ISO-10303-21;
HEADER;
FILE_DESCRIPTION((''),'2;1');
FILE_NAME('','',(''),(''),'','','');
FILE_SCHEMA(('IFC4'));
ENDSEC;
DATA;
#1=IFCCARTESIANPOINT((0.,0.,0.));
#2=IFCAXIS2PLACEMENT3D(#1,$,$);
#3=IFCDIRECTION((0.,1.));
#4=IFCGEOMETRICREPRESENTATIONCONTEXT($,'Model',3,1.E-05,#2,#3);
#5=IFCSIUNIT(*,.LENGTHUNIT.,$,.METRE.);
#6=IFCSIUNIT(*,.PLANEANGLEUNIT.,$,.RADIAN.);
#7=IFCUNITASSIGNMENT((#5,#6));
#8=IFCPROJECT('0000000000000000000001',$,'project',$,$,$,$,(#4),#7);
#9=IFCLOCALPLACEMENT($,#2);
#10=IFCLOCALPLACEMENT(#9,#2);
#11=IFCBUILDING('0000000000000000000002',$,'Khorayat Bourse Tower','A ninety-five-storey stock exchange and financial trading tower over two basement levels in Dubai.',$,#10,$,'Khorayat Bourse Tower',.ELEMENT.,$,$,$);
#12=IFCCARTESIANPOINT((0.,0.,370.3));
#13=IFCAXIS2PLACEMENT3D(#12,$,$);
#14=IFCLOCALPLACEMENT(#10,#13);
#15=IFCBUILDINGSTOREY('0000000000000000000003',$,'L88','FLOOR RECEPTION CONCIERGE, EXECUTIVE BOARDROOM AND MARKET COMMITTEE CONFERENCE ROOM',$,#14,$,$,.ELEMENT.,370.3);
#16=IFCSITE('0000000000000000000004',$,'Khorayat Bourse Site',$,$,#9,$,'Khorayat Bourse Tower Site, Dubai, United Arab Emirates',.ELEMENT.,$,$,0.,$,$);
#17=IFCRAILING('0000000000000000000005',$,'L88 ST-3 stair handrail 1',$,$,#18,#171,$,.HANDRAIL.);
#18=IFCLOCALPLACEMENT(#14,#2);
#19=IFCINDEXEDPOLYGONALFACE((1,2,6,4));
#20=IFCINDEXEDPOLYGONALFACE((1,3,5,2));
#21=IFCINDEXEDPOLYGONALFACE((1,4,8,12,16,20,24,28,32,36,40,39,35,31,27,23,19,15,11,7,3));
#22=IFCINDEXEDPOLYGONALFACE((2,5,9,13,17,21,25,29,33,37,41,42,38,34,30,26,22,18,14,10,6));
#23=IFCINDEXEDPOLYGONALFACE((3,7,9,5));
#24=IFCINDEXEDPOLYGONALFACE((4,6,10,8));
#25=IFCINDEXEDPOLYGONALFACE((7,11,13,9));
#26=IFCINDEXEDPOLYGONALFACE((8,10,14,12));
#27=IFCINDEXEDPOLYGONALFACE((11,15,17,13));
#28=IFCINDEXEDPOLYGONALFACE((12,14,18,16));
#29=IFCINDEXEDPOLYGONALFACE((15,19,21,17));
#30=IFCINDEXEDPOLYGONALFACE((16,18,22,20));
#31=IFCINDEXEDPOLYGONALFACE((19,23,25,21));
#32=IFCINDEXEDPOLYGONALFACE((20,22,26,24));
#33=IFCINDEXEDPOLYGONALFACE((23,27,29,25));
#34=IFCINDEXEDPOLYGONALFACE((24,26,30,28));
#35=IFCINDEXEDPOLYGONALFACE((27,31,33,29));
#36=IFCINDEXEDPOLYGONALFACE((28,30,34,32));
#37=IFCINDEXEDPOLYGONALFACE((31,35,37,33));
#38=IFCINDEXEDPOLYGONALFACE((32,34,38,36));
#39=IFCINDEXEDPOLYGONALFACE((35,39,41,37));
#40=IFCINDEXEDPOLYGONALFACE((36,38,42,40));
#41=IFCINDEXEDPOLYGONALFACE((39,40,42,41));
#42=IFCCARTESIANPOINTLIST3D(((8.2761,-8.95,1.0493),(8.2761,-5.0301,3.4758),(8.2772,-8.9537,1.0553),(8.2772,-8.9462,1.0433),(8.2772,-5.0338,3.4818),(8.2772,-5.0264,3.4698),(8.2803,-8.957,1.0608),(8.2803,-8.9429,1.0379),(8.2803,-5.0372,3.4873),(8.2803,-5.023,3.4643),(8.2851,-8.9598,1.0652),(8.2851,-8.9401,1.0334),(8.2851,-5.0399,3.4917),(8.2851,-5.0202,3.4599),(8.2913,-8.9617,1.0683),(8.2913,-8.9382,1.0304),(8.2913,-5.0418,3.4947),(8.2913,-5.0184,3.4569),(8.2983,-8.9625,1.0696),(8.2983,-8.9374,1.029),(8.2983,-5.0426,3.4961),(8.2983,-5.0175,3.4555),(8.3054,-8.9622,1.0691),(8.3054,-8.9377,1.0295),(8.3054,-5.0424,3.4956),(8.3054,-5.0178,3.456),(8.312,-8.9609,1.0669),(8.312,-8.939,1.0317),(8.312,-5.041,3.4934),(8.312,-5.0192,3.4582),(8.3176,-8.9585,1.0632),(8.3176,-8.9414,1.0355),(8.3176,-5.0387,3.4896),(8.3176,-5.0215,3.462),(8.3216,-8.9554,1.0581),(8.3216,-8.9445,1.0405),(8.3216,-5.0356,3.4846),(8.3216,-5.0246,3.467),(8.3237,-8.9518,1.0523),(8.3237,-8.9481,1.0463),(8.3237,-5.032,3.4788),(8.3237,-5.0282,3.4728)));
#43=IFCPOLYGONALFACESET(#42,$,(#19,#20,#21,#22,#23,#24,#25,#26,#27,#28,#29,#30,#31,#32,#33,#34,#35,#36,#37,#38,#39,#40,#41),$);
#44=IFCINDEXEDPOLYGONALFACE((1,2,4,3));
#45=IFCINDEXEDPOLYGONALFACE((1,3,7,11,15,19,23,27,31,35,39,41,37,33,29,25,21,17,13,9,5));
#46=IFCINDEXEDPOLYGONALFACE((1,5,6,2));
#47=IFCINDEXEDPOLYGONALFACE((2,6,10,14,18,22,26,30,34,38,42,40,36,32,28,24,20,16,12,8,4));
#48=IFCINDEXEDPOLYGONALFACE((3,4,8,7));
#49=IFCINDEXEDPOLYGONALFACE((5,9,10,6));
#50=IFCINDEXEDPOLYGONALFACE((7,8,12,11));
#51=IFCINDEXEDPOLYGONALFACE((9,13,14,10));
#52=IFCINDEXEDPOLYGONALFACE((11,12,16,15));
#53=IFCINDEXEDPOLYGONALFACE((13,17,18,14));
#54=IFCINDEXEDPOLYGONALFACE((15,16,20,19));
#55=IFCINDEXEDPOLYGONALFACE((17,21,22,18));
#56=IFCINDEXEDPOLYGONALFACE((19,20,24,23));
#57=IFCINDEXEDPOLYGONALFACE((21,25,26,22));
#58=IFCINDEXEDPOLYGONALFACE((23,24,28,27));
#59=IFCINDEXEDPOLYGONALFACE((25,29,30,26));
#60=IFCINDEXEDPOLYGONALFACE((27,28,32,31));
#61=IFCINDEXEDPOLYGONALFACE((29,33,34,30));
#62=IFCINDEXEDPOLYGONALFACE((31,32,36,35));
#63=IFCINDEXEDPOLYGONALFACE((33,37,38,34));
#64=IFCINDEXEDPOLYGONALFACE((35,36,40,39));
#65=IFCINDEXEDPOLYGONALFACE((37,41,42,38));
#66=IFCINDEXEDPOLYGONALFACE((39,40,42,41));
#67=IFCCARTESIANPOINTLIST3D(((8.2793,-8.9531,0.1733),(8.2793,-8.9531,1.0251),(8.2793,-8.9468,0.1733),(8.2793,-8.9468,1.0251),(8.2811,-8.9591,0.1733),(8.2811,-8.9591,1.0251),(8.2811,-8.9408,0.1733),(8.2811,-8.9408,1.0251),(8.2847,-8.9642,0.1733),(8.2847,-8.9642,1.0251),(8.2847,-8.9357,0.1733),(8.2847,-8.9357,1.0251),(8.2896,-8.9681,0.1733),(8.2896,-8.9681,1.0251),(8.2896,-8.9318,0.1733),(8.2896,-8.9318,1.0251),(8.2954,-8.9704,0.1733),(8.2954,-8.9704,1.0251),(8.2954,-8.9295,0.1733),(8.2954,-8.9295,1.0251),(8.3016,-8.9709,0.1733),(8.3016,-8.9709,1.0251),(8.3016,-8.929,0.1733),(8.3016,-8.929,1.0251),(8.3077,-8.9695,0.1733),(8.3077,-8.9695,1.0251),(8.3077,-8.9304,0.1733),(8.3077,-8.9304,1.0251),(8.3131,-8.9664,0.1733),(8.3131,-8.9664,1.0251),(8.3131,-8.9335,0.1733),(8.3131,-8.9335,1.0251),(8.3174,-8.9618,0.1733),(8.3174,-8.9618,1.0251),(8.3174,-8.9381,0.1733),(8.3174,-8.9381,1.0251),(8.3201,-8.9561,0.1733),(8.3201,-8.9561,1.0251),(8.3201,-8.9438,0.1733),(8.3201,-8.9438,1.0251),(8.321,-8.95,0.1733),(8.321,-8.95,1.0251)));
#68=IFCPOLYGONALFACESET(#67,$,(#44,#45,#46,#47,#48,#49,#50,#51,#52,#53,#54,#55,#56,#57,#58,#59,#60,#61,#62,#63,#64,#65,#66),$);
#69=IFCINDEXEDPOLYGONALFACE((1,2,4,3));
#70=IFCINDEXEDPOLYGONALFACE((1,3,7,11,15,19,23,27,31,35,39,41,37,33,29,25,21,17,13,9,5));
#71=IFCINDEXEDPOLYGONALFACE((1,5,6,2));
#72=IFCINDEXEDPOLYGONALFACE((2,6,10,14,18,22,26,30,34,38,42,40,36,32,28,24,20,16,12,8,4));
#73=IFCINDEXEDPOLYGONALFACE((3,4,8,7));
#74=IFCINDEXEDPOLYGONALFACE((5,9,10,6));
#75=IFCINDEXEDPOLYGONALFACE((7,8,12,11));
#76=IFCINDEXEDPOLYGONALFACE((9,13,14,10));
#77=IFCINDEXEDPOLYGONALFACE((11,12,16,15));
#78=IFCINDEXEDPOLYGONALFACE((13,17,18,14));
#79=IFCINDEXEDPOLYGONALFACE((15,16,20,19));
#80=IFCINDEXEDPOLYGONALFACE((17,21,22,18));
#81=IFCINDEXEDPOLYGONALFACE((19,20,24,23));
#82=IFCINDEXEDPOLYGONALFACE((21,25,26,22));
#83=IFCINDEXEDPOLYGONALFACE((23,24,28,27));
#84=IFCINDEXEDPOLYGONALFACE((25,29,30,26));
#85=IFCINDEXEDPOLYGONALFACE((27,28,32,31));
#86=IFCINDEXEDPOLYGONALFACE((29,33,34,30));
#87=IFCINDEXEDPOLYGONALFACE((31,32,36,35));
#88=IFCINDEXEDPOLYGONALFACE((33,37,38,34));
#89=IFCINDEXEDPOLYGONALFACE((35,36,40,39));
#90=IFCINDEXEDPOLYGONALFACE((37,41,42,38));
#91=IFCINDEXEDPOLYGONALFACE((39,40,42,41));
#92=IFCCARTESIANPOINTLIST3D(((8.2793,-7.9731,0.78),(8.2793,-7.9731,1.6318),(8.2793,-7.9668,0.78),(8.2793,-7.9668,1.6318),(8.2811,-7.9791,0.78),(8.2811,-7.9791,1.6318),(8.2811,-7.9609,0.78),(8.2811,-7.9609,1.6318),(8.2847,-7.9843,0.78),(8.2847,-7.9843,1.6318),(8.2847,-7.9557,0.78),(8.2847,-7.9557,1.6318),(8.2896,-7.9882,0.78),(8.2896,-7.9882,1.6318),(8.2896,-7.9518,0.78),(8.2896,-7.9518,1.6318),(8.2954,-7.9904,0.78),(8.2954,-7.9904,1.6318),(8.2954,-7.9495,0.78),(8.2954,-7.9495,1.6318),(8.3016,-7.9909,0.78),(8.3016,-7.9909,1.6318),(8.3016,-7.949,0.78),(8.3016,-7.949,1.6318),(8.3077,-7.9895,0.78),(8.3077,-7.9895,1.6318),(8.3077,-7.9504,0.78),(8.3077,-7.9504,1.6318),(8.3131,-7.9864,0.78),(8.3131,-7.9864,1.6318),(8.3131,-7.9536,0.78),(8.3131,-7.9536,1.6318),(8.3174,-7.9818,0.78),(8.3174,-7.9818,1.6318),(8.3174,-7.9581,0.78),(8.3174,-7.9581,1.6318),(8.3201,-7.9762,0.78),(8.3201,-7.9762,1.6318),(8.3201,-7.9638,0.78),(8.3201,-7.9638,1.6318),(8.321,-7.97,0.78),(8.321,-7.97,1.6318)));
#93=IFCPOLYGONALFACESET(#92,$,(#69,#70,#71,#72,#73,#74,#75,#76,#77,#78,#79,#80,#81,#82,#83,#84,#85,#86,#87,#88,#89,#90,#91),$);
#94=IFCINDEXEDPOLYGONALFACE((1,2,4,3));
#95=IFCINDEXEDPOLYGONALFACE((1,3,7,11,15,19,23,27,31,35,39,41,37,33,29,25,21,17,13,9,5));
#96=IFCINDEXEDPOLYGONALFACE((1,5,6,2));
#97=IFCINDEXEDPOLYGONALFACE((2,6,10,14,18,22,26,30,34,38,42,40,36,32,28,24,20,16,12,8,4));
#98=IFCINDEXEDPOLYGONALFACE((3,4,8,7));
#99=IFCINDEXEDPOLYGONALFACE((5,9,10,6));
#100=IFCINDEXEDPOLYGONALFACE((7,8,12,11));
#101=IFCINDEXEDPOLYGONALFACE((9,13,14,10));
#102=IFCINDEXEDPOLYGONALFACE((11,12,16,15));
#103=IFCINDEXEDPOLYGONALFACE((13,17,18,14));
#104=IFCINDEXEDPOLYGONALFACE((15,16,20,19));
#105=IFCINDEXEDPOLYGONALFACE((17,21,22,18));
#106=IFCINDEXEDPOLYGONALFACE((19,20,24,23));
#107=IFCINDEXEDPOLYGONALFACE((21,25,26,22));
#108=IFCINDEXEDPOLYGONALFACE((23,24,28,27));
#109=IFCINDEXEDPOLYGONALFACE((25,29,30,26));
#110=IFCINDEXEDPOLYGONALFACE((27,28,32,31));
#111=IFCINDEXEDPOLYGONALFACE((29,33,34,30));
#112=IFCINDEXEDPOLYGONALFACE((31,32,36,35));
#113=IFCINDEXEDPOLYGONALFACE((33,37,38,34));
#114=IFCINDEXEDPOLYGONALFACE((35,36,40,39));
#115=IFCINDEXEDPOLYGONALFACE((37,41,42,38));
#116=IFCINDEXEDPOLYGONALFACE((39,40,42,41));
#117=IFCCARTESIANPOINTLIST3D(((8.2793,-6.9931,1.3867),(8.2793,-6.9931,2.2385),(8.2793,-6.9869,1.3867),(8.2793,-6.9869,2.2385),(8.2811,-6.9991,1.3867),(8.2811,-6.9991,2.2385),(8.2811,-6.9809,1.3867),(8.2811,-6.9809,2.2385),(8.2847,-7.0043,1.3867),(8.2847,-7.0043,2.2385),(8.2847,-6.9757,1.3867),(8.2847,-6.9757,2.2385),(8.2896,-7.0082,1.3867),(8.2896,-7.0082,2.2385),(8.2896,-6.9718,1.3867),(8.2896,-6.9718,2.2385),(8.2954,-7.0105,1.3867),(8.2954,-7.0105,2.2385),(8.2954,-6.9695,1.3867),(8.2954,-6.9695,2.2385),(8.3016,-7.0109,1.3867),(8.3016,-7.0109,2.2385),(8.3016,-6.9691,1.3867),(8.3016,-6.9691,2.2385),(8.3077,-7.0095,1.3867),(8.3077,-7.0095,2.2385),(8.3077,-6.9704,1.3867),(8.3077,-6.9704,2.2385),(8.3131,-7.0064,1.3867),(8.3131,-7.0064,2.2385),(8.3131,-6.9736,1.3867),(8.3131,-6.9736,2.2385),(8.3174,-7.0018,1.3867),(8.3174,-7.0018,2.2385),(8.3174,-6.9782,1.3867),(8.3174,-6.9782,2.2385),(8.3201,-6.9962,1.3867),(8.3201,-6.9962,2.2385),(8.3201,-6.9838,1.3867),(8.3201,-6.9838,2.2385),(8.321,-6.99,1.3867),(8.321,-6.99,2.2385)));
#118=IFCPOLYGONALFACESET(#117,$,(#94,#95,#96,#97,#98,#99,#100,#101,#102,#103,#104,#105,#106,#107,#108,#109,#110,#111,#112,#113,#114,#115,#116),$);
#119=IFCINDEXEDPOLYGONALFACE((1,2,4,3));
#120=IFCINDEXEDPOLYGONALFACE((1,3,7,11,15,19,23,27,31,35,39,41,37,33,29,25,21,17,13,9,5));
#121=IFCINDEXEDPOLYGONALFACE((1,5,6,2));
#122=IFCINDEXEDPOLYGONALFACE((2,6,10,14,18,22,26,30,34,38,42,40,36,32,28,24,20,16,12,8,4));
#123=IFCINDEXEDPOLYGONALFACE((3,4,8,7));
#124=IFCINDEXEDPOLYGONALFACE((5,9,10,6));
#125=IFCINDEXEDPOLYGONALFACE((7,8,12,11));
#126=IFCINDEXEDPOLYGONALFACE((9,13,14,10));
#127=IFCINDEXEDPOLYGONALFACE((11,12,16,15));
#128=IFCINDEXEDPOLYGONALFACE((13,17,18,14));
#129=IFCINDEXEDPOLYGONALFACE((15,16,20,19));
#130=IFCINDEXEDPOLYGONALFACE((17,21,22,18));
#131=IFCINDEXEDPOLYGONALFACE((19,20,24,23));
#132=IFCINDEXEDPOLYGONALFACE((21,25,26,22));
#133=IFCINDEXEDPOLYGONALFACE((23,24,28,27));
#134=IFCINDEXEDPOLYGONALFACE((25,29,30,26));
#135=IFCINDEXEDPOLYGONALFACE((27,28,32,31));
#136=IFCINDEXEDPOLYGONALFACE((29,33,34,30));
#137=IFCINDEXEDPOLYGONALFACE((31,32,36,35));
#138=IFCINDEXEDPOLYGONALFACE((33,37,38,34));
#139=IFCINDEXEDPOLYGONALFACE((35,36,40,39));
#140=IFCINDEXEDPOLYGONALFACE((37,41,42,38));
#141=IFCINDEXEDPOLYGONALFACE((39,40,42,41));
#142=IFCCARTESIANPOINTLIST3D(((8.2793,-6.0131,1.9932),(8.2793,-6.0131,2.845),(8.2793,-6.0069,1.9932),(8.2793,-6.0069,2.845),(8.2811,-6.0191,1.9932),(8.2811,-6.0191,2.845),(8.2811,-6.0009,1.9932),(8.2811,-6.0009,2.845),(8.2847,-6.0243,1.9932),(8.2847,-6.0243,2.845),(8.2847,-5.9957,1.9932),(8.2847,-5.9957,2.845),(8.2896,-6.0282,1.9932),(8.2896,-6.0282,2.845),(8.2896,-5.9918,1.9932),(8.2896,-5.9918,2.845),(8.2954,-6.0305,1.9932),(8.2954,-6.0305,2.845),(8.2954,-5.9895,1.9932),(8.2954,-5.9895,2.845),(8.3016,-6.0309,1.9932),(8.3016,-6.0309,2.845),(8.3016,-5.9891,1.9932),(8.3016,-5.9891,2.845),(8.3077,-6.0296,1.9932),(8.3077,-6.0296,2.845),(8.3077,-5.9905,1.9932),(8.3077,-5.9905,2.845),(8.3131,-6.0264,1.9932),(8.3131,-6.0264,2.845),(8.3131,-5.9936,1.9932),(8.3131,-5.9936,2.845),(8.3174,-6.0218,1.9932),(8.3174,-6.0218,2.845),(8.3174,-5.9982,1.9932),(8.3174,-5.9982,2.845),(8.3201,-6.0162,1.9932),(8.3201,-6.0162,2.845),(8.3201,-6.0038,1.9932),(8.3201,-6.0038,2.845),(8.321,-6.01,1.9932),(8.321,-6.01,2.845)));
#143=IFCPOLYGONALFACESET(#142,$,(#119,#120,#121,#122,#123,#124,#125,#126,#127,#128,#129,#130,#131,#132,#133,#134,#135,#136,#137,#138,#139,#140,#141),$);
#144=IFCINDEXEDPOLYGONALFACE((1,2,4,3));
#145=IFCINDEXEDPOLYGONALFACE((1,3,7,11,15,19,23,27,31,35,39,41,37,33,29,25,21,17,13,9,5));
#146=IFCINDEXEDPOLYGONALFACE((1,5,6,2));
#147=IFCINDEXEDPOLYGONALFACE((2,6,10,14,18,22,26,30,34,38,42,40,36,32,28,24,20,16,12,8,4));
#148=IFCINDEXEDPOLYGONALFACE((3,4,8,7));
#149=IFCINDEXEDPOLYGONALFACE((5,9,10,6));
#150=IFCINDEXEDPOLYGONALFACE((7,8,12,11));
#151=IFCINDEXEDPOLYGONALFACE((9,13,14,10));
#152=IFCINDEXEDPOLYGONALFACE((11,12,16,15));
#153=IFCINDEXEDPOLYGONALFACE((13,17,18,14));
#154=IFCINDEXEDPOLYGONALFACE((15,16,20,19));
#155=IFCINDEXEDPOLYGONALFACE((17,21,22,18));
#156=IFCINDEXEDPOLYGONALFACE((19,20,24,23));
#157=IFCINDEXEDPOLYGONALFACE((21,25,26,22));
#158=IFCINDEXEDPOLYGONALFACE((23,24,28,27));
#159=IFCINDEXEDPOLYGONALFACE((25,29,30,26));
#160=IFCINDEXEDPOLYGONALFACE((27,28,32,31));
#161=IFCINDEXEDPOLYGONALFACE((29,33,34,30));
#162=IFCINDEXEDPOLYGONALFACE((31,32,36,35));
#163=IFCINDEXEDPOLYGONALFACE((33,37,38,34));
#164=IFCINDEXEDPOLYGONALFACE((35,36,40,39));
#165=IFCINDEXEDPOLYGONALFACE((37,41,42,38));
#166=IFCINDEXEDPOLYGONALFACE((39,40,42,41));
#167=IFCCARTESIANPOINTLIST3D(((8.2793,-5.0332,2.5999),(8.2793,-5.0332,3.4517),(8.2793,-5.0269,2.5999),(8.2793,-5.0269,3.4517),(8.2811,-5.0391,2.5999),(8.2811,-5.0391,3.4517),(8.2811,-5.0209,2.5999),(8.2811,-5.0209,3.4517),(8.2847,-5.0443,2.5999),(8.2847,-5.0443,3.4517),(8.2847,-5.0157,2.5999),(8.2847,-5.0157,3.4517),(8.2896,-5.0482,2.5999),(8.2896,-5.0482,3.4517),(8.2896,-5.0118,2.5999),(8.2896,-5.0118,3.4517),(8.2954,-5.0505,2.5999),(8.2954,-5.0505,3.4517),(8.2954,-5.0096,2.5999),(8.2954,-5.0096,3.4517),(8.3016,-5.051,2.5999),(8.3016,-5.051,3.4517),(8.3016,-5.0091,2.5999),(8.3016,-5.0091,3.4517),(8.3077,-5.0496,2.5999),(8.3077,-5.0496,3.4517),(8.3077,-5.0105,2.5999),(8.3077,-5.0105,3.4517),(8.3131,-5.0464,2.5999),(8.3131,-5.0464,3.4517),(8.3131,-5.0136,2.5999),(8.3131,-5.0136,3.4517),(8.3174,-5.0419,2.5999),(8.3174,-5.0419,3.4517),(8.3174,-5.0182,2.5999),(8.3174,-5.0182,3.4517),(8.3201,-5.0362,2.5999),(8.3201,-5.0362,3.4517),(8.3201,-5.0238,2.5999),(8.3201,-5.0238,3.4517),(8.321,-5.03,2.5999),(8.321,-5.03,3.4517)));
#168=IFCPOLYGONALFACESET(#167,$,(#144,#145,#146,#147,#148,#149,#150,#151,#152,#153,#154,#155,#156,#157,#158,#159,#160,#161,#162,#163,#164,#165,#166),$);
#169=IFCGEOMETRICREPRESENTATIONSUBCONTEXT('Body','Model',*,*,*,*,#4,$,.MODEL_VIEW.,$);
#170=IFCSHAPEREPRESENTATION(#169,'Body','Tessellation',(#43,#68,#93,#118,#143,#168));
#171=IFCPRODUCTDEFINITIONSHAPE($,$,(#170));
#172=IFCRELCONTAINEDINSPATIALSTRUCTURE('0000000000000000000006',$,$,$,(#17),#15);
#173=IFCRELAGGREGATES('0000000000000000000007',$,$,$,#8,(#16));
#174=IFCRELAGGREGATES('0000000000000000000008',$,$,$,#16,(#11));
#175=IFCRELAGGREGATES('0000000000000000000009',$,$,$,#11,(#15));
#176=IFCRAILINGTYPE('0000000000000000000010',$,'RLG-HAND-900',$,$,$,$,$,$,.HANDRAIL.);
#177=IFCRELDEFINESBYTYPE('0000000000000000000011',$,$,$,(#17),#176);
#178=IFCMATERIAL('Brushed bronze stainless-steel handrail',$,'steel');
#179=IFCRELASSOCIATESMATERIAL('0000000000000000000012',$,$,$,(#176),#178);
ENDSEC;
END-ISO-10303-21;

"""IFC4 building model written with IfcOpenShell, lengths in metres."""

from ifc_helpers import new_model, si_unit, direction, frame, origin, origin_2d, place, context, subcontext, project, spatial, circle, extrude, source, transform, mapped, material, type_object, element, save


model = new_model("IFC4")

# Units and contexts
model_context = context("Model", 3, precision=1e-05, world=origin(), true_north=direction((0.0, 1.0)))
body_context = subcontext(model_context, "Body", "Model", "MODEL_VIEW")
ifc_project = project(units=[si_unit("LENGTHUNIT", "METRE"), si_unit("PLANEANGLEUNIT", "RADIAN")], contexts=[model_context])

# Site, building, storey
site_placement = place(None, origin())
site = spatial("IfcSite", under=ifc_project, at=site_placement, Name="Khorayat Bourse Site", LongName="Khorayat Bourse Tower Site, Dubai, United Arab Emirates", CompositionType="ELEMENT", RefElevation=0.0)
building_placement = place(site_placement, origin())
building = spatial("IfcBuilding", under=site, at=building_placement, Name="Khorayat Bourse Tower", Description="A ninety-five-storey stock exchange and financial trading tower over two basement levels in Dubai.", LongName="Khorayat Bourse Tower", CompositionType="ELEMENT")
storey_placement = place(building_placement, frame((0.0, 0.0, 370.3)))
storey = spatial("IfcBuildingStorey", under=building, at=storey_placement, Name="L88", Description="FLOOR RECEPTION CONCIERGE, EXECUTIVE BOARDROOM AND MARKET COMMITTEE CONFERENCE ROOM", CompositionType="ELEMENT", Elevation=370.3)

# Railing
ifc_material_1 = material(Name="Brushed bronze stainless-steel handrail", Category="steel")
railing_type_1 = type_object("IfcRailingType", Name="RLG-HAND-900", PredefinedType="HANDRAIL", material=ifc_material_1)
shared_shape_1 = source(origin(), body_context, "Body", "SweptSolid", [
    extrude(circle(Radius=0.0239, at=origin_2d()), frame((0.0, 0.0, 0.876), z_axis=(0.0, 0.850275, 0.526338), x_axis=(-1.0, 0.0, 0.0)), (0.0, 0.0, 1.0), 4.6101),
    extrude(circle(Radius=0.021, at=origin_2d()), origin(), (0.0, 0.0, 1.0), 0.8518),
    extrude(circle(Radius=0.021, at=origin_2d()), frame((0.0, 0.98, 0.6067)), (0.0, 0.0, 1.0), 0.8518),
    extrude(circle(Radius=0.021, at=origin_2d()), frame((0.0, 1.96, 1.2134)), (0.0, 0.0, 1.0), 0.8518),
    extrude(circle(Radius=0.021, at=origin_2d()), frame((0.0, 2.9399, 1.8198)), (0.0, 0.0, 1.0), 0.8518),
    extrude(circle(Radius=0.021, at=origin_2d()), frame((0.0, 3.9199, 2.4265)), (0.0, 0.0, 1.0), 0.8518),
])
railing_1_placement = place(storey_placement, frame((8.3, -8.95, 0.1733)))
element("IfcRailing", 1, at=railing_1_placement, inside=storey, type_object=railing_type_1, Name="L88 ST-3 stair handrail 1", PredefinedType="HANDRAIL", context=body_context, shape_type="MappedRepresentation", body=[
    mapped(shared_shape_1, transform((0.0, 0.0, 0.0), scale=1.0)),
])

save(model, "model.ifc")
